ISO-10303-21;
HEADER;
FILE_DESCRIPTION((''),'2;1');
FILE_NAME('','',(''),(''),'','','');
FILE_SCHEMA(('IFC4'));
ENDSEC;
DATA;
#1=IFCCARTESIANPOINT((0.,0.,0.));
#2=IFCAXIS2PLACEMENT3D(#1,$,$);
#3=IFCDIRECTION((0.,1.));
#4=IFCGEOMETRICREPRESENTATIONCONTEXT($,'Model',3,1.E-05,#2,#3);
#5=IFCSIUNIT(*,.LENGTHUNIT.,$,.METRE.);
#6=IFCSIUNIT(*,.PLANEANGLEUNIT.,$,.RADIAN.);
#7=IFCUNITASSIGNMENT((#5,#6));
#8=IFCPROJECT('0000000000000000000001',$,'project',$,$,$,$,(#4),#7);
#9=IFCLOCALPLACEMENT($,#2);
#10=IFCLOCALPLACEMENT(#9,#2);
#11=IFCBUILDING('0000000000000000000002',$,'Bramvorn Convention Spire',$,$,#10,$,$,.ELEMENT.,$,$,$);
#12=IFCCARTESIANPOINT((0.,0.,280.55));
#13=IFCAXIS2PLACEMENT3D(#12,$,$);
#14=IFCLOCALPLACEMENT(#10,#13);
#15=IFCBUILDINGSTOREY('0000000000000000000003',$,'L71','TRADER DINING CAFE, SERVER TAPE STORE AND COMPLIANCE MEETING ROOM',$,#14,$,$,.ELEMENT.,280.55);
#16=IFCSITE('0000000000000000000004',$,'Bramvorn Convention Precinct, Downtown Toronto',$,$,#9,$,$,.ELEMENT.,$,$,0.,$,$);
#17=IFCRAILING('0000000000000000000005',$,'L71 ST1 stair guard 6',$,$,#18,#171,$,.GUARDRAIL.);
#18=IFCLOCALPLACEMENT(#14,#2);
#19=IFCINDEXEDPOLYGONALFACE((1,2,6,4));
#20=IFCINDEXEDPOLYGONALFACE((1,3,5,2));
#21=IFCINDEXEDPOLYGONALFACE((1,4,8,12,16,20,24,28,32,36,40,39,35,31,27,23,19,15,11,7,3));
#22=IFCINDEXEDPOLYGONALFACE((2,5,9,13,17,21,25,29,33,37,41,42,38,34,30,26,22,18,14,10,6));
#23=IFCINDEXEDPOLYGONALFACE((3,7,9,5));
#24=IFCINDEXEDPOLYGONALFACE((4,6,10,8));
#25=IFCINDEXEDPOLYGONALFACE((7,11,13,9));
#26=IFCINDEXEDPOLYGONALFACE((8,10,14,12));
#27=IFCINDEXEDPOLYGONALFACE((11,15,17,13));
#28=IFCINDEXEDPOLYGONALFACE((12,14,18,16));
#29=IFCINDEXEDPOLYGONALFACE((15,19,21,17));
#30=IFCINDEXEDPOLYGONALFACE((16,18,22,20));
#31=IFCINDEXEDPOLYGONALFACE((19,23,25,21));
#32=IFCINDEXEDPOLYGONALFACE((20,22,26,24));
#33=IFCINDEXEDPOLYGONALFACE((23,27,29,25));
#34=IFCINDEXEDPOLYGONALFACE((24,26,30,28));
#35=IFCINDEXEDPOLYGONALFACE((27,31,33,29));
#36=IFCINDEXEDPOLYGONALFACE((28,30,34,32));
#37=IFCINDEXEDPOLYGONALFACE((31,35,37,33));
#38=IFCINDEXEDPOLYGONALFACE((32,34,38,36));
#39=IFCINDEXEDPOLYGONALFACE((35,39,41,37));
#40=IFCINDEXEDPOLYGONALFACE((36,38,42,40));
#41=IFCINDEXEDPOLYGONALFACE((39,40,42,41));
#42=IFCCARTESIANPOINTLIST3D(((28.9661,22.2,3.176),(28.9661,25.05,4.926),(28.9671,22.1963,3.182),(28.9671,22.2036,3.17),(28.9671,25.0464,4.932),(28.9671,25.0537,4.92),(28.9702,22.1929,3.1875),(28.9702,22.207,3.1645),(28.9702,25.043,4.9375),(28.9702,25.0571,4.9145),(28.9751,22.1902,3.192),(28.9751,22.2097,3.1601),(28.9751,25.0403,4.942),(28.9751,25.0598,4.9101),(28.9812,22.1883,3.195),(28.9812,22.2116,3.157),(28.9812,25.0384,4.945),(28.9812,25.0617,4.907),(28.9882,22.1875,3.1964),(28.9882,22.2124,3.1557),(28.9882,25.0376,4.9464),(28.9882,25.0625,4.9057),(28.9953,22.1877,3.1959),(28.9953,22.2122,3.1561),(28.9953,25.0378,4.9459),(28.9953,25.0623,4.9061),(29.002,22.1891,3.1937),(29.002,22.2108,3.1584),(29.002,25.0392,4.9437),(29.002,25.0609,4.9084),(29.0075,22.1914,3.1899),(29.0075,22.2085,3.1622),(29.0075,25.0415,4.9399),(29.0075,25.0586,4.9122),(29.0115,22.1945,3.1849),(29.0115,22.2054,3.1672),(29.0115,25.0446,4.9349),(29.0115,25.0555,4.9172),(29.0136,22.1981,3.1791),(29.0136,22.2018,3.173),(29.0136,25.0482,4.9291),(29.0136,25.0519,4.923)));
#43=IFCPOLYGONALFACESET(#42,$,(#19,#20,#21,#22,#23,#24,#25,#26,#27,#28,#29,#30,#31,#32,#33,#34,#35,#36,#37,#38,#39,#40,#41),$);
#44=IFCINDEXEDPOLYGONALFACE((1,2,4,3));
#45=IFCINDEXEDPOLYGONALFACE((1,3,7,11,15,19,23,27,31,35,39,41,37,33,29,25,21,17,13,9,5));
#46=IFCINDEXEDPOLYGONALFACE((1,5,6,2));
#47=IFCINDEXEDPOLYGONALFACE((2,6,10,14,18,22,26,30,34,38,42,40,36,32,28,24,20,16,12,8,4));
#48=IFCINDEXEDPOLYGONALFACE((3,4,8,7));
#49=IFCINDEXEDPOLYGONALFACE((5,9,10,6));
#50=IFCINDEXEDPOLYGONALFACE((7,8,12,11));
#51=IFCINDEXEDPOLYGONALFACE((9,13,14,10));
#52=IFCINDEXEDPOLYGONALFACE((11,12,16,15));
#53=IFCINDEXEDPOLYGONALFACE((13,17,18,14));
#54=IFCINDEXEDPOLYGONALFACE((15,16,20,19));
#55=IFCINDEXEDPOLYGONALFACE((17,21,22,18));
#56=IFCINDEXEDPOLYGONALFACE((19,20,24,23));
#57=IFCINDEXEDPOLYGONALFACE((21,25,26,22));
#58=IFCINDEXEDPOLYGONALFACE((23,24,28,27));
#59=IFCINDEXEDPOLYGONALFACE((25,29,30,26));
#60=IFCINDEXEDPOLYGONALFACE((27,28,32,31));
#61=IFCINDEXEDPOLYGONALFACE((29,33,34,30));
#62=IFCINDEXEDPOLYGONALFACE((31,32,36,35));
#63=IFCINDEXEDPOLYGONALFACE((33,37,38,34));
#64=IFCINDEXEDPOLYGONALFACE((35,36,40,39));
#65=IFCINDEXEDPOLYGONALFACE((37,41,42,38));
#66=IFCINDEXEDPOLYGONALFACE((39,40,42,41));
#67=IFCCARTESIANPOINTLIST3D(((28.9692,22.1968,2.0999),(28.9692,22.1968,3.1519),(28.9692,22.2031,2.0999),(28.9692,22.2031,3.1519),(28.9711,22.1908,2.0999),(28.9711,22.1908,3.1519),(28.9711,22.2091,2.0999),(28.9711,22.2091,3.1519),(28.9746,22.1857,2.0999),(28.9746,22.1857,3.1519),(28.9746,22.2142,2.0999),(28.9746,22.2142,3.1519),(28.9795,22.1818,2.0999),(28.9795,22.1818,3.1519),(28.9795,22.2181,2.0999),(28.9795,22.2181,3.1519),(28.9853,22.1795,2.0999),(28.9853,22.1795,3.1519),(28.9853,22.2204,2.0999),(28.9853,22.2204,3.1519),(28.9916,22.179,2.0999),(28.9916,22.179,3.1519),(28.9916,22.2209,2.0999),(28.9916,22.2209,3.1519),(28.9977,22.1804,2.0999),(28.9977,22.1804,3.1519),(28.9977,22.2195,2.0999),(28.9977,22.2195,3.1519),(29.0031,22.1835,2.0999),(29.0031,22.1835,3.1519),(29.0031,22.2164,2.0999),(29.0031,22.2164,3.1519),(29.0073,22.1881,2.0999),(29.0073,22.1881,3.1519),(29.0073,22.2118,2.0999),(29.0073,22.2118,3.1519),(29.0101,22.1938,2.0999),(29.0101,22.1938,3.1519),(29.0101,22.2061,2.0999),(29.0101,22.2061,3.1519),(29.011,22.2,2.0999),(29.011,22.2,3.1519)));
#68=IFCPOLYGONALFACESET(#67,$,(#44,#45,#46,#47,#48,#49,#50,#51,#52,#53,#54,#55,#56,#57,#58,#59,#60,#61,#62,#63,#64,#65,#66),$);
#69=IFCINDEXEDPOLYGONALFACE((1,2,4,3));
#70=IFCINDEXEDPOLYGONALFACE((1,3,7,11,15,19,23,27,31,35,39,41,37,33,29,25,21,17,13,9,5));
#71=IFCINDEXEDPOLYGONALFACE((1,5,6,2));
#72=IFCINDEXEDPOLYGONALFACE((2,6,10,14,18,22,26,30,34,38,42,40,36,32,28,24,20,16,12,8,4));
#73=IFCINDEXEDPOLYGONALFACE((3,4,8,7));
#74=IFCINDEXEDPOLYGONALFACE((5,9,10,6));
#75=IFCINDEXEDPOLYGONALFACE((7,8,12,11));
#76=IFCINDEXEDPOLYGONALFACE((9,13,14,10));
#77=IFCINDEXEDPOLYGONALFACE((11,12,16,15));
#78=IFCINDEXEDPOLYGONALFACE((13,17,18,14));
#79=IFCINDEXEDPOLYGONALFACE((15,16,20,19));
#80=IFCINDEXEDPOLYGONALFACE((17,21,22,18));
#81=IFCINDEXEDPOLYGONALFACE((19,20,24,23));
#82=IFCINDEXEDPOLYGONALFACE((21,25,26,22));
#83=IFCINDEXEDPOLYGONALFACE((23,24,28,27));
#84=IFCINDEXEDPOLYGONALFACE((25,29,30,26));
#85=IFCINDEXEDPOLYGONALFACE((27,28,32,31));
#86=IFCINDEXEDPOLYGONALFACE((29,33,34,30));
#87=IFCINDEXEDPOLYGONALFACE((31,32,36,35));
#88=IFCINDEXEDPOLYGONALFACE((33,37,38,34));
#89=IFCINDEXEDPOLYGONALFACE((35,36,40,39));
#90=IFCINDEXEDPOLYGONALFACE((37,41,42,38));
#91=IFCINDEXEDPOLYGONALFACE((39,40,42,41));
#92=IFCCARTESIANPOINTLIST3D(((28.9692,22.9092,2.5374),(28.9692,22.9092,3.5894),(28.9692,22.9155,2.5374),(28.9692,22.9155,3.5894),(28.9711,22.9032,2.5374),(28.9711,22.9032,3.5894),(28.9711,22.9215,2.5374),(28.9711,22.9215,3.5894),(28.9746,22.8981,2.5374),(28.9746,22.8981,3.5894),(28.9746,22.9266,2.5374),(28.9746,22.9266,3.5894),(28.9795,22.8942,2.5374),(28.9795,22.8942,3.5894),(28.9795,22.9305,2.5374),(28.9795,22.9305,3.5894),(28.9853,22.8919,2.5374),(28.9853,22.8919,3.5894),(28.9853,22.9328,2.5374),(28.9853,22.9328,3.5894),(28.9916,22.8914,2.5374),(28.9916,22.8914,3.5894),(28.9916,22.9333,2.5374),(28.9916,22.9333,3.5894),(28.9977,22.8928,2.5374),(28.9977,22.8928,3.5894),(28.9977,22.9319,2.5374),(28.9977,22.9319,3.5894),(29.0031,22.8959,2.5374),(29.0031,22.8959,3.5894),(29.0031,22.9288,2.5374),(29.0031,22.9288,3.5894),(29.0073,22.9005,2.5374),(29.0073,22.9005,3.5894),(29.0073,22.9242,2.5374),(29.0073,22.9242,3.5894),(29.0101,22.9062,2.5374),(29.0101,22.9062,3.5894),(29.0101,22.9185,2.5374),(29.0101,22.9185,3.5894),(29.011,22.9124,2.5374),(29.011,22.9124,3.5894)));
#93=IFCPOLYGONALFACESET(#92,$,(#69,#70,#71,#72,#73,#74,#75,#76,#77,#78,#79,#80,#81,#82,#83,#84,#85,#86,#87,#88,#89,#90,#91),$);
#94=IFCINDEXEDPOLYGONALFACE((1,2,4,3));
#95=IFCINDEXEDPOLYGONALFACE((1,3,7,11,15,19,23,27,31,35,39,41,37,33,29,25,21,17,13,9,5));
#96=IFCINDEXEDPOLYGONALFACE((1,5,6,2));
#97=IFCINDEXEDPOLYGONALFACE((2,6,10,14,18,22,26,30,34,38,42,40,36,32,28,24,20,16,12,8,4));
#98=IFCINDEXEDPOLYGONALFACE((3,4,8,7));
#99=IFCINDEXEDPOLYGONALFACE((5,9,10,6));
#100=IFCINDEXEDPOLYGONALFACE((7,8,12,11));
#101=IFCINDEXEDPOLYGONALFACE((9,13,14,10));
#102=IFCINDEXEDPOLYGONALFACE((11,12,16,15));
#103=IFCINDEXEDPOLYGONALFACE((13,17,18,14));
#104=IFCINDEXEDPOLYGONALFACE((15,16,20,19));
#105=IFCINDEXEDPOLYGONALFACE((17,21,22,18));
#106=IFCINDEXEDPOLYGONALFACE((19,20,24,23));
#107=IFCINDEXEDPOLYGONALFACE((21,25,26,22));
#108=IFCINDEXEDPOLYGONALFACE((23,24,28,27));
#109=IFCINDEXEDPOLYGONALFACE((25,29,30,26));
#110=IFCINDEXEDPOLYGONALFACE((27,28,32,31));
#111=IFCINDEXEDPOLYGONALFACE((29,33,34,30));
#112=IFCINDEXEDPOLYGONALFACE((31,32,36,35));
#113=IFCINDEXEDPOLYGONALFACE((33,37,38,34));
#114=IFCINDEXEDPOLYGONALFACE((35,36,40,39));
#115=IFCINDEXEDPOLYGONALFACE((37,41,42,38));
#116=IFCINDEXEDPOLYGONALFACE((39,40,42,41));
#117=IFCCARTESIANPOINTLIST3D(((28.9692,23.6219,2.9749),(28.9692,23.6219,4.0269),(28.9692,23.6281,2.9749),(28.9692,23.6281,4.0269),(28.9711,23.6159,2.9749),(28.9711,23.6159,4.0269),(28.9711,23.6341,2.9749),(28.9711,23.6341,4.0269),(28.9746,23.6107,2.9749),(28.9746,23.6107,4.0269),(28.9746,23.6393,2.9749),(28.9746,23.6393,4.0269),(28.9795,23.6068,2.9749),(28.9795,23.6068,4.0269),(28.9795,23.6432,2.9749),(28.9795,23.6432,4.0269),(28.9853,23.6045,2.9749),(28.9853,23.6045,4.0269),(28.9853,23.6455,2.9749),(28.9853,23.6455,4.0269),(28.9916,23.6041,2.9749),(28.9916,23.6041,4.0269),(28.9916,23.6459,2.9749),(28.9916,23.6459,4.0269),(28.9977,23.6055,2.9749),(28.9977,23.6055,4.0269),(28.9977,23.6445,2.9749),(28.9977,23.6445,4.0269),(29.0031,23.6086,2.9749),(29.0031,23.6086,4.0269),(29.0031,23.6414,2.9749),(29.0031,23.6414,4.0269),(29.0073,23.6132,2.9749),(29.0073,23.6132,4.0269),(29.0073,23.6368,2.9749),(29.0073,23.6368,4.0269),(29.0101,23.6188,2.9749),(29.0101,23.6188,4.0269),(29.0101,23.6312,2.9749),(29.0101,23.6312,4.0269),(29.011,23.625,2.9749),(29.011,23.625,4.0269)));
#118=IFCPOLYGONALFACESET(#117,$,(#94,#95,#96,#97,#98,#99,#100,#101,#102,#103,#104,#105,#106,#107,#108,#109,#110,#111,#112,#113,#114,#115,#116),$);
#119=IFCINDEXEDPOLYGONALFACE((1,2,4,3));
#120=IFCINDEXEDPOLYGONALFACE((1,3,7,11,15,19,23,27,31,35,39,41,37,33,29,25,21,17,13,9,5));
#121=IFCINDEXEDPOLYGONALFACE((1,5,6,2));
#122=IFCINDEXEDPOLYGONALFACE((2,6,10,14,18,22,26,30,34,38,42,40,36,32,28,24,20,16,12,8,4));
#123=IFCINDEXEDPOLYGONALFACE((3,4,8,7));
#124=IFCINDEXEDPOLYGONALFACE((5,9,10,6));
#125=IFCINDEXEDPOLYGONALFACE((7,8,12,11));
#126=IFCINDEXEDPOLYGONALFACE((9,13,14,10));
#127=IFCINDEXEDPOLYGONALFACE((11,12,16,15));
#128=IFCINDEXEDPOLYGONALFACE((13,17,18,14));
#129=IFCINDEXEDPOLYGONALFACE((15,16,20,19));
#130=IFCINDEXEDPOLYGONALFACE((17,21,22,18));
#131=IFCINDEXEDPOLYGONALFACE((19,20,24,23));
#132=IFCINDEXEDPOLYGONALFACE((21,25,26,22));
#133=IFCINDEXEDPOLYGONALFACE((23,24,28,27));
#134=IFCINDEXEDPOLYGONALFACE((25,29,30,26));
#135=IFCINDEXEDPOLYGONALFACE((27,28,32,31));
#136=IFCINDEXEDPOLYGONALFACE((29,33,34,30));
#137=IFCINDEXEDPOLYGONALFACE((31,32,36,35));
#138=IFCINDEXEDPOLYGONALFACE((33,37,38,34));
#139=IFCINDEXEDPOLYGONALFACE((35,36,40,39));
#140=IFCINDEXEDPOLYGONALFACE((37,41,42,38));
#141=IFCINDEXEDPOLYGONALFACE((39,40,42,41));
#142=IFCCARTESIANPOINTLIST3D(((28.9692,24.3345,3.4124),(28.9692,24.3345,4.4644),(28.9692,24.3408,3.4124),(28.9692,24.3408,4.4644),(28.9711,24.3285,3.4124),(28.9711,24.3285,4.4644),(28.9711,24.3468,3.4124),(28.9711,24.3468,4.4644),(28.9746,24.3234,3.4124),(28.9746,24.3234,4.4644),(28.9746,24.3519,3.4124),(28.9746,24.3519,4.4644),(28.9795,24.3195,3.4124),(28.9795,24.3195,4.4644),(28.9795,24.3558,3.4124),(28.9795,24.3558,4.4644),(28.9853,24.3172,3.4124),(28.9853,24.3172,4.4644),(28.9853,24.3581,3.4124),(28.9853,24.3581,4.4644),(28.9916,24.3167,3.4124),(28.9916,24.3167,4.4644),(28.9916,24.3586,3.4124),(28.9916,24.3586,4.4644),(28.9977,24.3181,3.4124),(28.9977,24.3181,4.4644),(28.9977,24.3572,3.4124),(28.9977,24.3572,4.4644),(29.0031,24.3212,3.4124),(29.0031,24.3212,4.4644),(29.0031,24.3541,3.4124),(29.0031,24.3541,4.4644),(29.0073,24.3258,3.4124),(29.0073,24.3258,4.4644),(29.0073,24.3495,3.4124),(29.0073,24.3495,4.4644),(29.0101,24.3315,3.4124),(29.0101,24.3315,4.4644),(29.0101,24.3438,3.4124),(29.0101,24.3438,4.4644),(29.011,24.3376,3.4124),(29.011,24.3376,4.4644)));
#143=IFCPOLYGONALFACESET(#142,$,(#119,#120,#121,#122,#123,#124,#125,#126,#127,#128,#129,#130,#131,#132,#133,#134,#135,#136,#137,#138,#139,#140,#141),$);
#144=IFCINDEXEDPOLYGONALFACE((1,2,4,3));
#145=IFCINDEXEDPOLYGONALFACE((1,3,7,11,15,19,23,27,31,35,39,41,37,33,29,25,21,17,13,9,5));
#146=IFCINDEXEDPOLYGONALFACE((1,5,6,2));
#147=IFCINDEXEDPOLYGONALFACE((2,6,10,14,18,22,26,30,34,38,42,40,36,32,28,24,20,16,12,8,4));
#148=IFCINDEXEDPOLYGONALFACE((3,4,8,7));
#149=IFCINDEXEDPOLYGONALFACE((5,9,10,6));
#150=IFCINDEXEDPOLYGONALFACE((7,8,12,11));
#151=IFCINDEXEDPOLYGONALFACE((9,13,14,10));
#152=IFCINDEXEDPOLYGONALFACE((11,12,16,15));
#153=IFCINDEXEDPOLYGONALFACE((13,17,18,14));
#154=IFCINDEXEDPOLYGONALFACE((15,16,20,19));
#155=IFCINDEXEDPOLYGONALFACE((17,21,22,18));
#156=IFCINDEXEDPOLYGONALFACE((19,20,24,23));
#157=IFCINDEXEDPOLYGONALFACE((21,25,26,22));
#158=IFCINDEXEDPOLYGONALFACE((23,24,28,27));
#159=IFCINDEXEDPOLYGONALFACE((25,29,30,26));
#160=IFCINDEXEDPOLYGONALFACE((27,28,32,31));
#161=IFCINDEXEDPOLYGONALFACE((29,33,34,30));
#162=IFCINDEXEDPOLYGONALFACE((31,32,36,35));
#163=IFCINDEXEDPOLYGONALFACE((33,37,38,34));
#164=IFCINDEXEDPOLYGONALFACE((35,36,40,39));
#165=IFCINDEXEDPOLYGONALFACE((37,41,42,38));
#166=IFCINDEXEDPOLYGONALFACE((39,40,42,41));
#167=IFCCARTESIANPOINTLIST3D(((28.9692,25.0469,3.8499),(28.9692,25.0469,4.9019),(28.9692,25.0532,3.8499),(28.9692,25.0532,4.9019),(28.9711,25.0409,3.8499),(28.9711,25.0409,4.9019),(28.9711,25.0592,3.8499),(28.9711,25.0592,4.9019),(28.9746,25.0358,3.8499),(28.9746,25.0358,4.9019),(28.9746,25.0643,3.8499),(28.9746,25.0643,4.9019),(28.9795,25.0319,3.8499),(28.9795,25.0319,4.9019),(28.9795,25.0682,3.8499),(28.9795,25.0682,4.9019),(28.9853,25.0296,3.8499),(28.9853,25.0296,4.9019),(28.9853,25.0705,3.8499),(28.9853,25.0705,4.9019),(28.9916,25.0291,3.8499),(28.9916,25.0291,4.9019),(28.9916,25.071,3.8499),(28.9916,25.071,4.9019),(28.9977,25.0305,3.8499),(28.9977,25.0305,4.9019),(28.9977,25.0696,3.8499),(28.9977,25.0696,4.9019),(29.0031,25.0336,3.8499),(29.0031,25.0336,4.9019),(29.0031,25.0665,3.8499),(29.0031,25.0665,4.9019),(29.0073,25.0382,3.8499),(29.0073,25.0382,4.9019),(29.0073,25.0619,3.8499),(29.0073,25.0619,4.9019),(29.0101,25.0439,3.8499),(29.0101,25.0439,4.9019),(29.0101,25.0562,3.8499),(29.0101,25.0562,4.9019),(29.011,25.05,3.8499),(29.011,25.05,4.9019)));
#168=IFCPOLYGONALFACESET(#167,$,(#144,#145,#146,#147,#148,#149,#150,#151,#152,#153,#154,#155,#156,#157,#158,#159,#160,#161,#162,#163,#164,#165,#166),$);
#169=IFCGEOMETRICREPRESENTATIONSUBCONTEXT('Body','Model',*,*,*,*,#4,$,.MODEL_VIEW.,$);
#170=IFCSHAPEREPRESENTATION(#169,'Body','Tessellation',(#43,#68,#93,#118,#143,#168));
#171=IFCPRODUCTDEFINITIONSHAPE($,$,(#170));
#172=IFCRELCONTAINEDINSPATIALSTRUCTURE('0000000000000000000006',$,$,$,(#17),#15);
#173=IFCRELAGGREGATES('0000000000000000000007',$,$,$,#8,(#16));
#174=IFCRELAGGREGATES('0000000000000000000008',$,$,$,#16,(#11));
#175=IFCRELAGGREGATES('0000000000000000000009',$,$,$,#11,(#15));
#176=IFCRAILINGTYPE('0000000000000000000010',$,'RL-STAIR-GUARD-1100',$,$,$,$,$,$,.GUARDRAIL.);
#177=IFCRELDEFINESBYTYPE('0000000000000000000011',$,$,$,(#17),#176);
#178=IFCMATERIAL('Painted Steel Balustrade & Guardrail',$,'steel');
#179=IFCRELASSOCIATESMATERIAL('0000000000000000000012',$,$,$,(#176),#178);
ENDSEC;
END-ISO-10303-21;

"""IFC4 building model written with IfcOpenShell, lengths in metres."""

from ifc_helpers import new_model, si_unit, direction, frame, origin, origin_2d, place, context, subcontext, project, spatial, circle, extrude, material, type_object, element, save


model = new_model("IFC4")

# Units and contexts
model_context = context("Model", 3, precision=1e-05, world=origin(), true_north=direction((0.0, 1.0)))
body_context = subcontext(model_context, "Body", "Model", "MODEL_VIEW")
ifc_project = project(units=[si_unit("LENGTHUNIT", "METRE"), si_unit("PLANEANGLEUNIT", "RADIAN")], contexts=[model_context])

# Site, building, storey
site_placement = place(None, origin())
site = spatial("IfcSite", under=ifc_project, at=site_placement, Name="Bramvorn Convention Precinct, Downtown Toronto", CompositionType="ELEMENT", RefElevation=0.0)
building_placement = place(site_placement, origin())
building = spatial("IfcBuilding", under=site, at=building_placement, Name="Bramvorn Convention Spire", CompositionType="ELEMENT")
storey_placement = place(building_placement, frame((0.0, 0.0, 280.55)))
storey = spatial("IfcBuildingStorey", under=building, at=storey_placement, Name="L71", Description="TRADER DINING CAFE, SERVER TAPE STORE AND COMPLIANCE MEETING ROOM", CompositionType="ELEMENT", Elevation=280.55)

# Railing
ifc_material_1 = material(Name="Painted Steel Balustrade & Guardrail", Category="steel")
railing_type_1 = type_object("IfcRailingType", Name="RL-STAIR-GUARD-1100", PredefinedType="GUARDRAIL", material=ifc_material_1)
railing_1_placement = place(storey_placement, frame((28.99, 22.2, 2.0999)))
element("IfcRailing", 1, at=railing_1_placement, inside=storey, type_object=railing_type_1, Name="L71 ST1 stair guard 6", PredefinedType="GUARDRAIL", context=body_context, shape_type="SweptSolid", body=[
    extrude(circle(Radius=0.0239, at=origin_2d()), frame((0.0, 0.0, 1.0762), z_axis=(0.0, 0.852179, 0.52325), x_axis=(-1.0, 0.0, 0.0)), (0.0, 0.0, 1.0), 3.3445),
    extrude(circle(Radius=0.021, at=origin_2d()), origin(), (0.0, 0.0, 1.0), 1.052),
    extrude(circle(Radius=0.021, at=origin_2d()), frame((0.0, 0.7124, 0.4375)), (0.0, 0.0, 1.0), 1.052),
    extrude(circle(Radius=0.021, at=origin_2d()), frame((0.0, 1.425, 0.875)), (0.0, 0.0, 1.0), 1.052),
    extrude(circle(Radius=0.021, at=origin_2d()), frame((0.0, 2.1377, 1.3125)), (0.0, 0.0, 1.0), 1.052),
    extrude(circle(Radius=0.021, at=origin_2d()), frame((0.0, 2.8501, 1.75)), (0.0, 0.0, 1.0), 1.052),
])

save(model, "model.ifc")
